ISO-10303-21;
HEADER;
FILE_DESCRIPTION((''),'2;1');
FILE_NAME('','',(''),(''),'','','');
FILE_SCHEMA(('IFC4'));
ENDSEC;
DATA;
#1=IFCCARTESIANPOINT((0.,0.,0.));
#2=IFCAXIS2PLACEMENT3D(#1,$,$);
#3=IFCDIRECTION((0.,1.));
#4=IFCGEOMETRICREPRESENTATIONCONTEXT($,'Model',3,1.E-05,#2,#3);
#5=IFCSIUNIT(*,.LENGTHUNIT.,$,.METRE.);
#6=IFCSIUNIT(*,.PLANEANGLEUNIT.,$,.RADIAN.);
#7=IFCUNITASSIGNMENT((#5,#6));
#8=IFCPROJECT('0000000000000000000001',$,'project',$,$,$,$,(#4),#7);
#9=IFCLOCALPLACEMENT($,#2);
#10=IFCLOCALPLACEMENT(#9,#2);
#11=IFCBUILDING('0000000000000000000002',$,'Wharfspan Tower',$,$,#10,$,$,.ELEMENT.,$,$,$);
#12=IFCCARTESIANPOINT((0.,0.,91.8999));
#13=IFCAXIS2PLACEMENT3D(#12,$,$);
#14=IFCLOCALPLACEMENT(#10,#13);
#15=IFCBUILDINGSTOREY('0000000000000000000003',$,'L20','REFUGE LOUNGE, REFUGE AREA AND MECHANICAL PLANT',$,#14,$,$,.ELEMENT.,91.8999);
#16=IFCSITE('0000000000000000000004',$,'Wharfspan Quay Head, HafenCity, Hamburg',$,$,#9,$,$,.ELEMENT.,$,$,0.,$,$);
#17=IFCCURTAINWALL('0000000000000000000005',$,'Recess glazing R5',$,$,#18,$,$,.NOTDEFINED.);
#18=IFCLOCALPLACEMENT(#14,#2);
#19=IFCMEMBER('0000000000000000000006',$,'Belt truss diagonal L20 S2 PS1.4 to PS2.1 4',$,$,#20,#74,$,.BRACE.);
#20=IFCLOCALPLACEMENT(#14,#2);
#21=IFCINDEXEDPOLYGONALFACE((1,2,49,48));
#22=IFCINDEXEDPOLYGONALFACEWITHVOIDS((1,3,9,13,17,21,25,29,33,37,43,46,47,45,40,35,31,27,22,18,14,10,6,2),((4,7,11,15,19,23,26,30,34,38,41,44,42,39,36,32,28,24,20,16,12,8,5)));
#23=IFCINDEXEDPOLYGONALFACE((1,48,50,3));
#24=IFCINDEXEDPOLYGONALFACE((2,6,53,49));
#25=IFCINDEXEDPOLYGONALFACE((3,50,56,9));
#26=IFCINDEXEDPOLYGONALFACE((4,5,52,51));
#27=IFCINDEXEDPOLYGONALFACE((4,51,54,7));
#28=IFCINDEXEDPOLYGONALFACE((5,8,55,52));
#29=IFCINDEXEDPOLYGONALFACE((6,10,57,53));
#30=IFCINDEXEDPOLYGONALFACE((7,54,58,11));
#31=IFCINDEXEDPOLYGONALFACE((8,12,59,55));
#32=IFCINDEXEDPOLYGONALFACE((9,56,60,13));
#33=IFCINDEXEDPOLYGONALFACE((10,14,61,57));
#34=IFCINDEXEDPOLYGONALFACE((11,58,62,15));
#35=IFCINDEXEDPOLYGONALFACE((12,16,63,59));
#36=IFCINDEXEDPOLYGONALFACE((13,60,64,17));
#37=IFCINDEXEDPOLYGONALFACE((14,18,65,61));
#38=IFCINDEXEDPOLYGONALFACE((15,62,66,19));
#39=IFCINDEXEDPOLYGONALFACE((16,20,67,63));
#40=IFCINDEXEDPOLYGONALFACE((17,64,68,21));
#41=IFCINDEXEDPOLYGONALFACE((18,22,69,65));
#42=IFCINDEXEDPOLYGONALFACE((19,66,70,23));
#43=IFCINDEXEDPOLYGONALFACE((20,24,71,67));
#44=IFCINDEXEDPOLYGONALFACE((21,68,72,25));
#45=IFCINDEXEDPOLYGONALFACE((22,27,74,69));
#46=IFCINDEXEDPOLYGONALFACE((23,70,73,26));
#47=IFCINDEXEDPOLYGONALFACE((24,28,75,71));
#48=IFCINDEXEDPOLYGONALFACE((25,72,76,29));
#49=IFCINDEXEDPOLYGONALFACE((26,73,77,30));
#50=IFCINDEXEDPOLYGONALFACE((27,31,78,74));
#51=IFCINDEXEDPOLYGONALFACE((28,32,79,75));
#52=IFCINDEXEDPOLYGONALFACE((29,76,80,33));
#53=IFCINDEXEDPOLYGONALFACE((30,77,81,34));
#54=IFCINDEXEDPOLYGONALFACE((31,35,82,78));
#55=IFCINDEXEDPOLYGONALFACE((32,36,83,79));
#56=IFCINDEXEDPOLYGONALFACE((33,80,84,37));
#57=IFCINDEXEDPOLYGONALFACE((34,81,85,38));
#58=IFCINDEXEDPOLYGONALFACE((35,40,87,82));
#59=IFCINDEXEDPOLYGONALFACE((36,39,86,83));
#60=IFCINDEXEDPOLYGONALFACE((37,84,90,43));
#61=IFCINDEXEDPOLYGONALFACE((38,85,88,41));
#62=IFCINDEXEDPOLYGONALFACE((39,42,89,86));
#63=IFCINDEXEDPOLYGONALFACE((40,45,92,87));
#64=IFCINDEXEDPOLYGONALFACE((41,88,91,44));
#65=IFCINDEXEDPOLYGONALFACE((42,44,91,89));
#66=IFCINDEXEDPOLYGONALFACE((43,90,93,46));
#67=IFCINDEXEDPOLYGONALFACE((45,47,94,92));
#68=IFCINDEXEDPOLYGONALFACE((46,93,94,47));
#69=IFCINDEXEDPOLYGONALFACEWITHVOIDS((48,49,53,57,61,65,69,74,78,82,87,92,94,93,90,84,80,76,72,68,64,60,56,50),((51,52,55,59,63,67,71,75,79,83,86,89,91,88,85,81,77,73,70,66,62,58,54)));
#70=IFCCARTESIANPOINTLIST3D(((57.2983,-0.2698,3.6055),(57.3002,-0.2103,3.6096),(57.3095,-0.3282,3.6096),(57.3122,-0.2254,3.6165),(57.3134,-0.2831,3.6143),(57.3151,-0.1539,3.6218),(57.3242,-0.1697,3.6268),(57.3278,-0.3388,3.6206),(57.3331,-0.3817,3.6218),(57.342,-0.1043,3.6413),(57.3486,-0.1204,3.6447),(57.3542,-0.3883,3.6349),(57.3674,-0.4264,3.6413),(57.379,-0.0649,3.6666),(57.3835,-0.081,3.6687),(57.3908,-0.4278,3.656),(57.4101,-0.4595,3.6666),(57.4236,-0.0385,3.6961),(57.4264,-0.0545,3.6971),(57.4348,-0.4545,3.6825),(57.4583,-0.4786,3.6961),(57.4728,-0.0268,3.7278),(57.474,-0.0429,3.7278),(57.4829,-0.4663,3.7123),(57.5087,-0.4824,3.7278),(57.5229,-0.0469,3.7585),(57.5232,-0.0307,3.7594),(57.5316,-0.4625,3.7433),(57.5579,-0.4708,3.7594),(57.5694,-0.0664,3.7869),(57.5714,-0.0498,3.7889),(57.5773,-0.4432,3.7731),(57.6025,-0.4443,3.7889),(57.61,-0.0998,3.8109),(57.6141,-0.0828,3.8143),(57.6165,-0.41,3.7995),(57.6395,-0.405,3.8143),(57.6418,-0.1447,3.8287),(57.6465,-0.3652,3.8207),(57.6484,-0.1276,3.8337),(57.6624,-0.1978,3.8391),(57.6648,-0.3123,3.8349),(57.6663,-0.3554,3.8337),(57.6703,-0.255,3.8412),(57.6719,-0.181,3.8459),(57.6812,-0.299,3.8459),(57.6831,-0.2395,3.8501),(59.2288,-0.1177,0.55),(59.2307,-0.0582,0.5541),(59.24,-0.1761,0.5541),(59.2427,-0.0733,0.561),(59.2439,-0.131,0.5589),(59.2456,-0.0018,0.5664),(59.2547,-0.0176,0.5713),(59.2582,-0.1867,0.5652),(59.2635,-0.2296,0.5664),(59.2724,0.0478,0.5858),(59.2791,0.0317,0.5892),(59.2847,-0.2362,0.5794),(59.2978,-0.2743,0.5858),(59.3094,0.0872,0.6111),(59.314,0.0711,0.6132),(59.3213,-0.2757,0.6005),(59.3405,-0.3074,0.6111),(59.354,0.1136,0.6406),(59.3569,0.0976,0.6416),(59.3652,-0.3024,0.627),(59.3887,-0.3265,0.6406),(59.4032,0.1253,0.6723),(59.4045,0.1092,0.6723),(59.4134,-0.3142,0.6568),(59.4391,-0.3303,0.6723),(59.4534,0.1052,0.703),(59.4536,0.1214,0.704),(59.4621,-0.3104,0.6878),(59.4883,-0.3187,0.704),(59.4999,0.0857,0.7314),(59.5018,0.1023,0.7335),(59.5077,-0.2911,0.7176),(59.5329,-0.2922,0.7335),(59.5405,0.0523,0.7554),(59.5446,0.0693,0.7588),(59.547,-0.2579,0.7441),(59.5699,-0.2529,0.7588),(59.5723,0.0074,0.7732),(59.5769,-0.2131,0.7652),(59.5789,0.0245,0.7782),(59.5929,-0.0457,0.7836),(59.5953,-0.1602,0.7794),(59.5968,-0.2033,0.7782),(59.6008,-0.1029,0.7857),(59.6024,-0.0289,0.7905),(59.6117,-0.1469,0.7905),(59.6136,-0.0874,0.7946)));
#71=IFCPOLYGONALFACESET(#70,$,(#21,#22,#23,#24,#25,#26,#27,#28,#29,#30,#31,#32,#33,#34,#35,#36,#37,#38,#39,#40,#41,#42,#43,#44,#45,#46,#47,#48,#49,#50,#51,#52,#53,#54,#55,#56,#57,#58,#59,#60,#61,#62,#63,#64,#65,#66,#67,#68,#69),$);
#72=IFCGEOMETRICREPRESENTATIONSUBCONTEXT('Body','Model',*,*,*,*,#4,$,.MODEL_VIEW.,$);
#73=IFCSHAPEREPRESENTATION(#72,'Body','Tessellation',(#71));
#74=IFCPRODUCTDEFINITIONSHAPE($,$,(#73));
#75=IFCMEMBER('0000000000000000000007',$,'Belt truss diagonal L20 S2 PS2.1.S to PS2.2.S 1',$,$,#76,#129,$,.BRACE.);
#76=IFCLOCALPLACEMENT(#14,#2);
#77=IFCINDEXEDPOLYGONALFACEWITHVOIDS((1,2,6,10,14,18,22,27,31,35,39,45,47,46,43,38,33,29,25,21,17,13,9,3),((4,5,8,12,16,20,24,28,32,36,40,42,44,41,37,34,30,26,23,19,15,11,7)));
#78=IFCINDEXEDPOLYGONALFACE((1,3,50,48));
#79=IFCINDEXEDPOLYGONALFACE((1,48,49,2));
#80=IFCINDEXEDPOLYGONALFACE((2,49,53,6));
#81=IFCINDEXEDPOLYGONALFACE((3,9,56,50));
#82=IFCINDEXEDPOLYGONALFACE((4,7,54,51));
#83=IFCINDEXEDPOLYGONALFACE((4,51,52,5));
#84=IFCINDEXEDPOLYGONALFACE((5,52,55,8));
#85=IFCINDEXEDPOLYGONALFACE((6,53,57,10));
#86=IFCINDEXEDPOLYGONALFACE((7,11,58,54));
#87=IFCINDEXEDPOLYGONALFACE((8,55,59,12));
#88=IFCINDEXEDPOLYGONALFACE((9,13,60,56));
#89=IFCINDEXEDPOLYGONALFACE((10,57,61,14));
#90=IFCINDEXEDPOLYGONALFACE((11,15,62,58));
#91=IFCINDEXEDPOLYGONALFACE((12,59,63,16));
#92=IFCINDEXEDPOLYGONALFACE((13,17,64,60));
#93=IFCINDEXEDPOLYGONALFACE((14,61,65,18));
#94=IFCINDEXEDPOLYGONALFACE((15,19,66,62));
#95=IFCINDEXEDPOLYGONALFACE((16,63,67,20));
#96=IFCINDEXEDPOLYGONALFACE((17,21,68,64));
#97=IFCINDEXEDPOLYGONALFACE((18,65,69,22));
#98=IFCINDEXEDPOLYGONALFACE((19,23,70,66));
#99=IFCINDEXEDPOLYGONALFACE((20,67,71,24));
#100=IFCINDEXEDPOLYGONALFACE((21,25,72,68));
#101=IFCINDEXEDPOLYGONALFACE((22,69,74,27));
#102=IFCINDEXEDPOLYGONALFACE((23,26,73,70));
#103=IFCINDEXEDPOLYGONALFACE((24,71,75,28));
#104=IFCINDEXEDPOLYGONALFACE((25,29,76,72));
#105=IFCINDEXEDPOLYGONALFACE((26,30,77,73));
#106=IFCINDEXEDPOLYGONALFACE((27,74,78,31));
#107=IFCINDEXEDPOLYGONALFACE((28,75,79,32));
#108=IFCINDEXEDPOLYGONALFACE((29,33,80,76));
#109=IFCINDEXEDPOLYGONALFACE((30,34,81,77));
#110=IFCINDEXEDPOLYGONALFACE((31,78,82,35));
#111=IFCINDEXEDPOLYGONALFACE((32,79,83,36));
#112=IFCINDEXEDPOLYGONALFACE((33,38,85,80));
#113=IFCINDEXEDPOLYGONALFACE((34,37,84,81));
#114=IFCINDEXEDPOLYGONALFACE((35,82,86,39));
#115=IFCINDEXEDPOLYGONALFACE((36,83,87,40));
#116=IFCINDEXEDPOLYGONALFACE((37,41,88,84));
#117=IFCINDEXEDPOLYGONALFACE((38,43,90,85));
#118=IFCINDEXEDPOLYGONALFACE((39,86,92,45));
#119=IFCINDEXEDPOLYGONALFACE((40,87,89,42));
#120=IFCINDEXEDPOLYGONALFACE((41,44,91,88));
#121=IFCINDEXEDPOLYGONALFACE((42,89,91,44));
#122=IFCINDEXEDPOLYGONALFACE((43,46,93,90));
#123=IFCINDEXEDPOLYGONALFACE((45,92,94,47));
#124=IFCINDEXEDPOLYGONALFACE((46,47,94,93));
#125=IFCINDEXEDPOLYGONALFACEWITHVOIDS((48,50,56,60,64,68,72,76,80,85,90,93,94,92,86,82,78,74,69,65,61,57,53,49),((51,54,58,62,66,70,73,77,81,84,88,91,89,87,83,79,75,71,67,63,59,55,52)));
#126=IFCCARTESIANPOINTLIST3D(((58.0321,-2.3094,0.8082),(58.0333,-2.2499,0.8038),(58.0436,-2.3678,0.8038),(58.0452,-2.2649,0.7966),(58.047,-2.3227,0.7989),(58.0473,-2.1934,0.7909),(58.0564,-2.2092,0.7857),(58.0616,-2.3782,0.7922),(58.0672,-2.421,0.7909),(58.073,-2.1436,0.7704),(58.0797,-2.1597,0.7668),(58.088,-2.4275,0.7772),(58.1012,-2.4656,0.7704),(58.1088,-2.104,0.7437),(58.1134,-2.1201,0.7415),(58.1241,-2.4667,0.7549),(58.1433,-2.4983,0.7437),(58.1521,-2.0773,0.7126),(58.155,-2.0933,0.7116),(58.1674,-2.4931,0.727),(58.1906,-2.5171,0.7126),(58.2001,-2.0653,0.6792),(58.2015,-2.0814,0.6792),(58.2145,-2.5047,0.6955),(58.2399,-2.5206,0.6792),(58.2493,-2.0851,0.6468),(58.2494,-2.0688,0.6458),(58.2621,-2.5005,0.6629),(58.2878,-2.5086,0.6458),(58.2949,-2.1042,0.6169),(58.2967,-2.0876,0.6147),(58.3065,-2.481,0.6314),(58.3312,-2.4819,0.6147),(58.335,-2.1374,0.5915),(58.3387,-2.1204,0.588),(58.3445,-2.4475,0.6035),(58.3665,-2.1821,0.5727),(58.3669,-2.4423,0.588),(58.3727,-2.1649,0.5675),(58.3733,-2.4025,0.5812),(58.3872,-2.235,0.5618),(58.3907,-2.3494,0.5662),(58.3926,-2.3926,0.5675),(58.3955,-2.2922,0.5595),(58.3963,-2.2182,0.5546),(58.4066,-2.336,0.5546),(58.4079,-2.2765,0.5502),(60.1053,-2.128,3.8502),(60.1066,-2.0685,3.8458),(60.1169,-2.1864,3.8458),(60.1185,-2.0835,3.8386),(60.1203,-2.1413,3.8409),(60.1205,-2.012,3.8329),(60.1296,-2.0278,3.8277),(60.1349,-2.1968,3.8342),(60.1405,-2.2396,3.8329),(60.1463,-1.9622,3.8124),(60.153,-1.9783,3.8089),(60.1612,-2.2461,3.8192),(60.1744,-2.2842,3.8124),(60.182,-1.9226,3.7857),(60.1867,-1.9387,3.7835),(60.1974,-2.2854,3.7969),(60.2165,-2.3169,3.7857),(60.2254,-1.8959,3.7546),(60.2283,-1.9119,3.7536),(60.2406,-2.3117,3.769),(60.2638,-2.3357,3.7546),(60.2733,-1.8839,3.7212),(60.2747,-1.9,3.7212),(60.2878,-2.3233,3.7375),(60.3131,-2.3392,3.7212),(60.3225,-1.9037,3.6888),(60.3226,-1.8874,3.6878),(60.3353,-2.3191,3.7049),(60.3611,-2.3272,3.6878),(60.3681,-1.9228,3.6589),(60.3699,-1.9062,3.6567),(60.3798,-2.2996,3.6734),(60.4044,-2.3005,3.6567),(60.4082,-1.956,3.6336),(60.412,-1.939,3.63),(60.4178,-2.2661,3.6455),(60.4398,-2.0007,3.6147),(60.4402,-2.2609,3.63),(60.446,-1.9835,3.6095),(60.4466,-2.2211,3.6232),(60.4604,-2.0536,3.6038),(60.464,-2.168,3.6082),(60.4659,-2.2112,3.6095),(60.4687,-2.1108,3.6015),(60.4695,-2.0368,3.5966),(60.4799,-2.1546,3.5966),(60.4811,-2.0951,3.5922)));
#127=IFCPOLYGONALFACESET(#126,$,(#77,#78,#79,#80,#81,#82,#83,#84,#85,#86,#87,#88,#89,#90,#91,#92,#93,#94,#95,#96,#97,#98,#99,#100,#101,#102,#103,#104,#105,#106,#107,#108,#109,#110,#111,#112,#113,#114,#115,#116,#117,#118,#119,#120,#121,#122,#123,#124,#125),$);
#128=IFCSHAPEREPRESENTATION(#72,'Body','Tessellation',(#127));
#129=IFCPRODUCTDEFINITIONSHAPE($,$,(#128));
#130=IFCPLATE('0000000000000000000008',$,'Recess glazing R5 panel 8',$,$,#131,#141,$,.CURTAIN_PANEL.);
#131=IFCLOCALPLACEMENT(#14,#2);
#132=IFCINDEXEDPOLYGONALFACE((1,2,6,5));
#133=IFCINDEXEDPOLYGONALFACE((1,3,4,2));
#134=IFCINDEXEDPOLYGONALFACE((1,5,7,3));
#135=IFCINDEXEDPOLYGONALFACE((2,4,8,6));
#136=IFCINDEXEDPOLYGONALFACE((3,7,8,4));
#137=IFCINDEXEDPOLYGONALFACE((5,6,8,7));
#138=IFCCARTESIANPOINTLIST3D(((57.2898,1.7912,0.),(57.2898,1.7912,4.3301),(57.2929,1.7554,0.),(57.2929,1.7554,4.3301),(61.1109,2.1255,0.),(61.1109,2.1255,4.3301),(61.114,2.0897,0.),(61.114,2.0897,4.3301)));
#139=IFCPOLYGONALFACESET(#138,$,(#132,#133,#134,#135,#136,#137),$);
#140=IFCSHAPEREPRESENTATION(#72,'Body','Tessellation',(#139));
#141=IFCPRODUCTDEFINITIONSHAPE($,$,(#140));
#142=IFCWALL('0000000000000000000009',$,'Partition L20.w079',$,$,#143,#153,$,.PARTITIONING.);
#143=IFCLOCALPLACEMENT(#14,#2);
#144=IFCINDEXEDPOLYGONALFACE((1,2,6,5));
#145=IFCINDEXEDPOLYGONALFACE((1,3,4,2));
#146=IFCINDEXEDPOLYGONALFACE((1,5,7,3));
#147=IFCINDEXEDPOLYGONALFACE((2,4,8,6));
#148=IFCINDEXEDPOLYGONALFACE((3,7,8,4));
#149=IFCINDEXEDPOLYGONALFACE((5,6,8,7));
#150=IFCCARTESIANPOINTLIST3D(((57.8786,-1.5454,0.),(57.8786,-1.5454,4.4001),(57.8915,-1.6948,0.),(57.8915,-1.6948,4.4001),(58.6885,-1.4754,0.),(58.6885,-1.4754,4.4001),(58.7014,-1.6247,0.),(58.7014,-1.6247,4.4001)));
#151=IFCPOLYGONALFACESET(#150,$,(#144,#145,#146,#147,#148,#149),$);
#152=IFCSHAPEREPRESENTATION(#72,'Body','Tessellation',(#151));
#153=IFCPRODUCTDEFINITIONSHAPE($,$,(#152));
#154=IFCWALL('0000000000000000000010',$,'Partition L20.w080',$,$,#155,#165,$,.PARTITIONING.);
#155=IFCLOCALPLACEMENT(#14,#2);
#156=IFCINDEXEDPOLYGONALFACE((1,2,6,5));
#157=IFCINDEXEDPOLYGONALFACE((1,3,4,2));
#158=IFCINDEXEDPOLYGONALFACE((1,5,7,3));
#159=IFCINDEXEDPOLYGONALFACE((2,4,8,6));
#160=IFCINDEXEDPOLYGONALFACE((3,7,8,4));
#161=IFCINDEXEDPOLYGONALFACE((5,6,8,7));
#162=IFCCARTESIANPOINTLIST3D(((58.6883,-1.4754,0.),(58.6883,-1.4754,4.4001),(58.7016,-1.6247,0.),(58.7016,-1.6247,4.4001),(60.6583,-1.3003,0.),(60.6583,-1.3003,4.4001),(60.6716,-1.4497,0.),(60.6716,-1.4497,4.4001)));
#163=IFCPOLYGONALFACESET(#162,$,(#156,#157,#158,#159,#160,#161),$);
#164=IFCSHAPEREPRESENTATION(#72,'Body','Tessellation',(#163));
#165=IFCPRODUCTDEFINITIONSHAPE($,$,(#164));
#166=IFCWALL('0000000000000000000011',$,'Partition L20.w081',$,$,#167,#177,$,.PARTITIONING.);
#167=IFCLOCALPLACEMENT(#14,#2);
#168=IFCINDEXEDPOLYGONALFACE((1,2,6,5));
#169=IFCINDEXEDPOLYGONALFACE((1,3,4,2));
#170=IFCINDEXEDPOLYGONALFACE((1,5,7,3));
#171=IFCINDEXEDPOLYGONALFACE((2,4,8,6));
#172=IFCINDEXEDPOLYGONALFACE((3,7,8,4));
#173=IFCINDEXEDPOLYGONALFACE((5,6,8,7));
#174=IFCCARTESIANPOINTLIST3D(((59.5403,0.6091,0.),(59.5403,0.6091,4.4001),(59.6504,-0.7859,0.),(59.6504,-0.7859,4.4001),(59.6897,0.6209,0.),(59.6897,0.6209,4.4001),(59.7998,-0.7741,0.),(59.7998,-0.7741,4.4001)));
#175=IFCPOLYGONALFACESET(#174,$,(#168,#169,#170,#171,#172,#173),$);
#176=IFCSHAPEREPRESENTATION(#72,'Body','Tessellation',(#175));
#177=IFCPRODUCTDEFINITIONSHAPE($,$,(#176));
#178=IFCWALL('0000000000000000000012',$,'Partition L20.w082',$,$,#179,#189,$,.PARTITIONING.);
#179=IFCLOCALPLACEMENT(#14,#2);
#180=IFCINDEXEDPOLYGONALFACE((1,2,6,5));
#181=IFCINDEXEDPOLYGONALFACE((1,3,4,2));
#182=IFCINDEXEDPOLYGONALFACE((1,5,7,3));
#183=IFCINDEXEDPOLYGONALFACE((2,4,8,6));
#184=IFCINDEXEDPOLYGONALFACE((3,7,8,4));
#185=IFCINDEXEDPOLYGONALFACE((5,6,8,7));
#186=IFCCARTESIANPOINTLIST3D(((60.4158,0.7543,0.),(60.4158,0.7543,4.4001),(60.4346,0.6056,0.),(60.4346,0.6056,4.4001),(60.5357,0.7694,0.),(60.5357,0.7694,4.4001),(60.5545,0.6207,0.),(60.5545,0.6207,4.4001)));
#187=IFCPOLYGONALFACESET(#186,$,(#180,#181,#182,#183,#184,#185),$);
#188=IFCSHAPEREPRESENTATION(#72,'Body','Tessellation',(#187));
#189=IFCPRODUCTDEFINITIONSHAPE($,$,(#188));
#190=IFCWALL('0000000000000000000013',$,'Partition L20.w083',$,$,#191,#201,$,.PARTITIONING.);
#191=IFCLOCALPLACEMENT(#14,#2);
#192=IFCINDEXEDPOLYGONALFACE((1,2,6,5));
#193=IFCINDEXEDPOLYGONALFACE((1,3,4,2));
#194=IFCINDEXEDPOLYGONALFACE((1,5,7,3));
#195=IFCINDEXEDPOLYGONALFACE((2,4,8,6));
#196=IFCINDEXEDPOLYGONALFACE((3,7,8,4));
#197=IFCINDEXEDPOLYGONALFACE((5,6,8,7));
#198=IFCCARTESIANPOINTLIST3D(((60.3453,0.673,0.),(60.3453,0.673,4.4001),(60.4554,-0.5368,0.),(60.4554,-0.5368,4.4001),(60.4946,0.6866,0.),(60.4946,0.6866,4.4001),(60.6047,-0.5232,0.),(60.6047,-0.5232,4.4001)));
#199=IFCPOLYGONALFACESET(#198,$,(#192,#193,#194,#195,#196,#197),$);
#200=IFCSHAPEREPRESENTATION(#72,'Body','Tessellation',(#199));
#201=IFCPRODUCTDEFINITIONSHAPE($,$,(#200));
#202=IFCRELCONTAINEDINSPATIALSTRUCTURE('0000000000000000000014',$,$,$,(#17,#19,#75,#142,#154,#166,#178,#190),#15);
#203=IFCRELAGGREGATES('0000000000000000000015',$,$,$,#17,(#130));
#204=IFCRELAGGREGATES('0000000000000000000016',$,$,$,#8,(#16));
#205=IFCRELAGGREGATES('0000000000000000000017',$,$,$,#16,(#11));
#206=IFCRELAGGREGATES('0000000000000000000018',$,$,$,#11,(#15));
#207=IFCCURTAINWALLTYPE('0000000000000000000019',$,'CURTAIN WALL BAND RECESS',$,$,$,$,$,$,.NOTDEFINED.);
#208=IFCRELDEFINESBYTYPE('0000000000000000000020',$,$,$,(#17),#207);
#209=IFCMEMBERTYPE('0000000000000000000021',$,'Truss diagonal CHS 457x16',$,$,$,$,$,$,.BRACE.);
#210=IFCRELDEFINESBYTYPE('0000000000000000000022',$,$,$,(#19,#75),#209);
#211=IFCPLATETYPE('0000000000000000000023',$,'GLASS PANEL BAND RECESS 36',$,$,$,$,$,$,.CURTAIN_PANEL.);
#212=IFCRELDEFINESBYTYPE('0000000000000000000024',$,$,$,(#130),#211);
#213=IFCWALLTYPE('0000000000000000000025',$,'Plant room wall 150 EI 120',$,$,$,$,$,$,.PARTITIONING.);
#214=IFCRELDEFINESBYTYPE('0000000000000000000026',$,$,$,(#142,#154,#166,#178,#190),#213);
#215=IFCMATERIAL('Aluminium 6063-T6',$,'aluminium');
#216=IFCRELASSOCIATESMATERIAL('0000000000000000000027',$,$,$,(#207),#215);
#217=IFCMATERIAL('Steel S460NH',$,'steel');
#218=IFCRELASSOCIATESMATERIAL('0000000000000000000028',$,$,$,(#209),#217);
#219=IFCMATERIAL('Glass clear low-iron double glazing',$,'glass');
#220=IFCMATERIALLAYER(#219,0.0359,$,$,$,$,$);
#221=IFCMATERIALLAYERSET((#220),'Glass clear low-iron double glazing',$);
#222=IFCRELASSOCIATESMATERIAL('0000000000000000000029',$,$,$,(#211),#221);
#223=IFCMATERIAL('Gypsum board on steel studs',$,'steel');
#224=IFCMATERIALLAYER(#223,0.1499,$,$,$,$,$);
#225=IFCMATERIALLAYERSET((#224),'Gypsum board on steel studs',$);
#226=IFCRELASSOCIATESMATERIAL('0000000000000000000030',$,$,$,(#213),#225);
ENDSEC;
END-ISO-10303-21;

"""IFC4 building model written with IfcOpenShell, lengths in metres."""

from ifc_helpers import new_model, si_unit, direction, frame, frame_2d, origin, origin_2d, place, context, subcontext, project, spatial, rectangle, hollow_circle, extrude, material, layer, layer_set, material_profile, profile_set, type_object, element, aggregate, save


model = new_model("IFC4")

# Units and contexts
model_context = context("Model", 3, precision=1e-05, world=origin(), true_north=direction((0.0, 1.0)))
body_context = subcontext(model_context, "Body", "Model", "MODEL_VIEW")
ifc_project = project(units=[si_unit("LENGTHUNIT", "METRE"), si_unit("PLANEANGLEUNIT", "RADIAN")], contexts=[model_context])

# Site, building, storey
site_placement = place(None, origin())
site = spatial("IfcSite", under=ifc_project, at=site_placement, Name="Wharfspan Quay Head, HafenCity, Hamburg", CompositionType="ELEMENT", RefElevation=0.0)
building_placement = place(site_placement, origin())
building = spatial("IfcBuilding", under=site, at=building_placement, Name="Wharfspan Tower", CompositionType="ELEMENT")
storey_placement = place(building_placement, frame((0.0, 0.0, 91.8999)))
storey = spatial("IfcBuildingStorey", under=building, at=storey_placement, Name="L20", Description="REFUGE LOUNGE, REFUGE AREA AND MECHANICAL PLANT", CompositionType="ELEMENT", Elevation=91.8999)

# Curtain wall
ifc_material_1 = material(Name="Aluminium 6063-T6", Category="aluminium")
curtain_wall_type = type_object("IfcCurtainWallType", Name="CURTAIN WALL BAND RECESS", PredefinedType="NOTDEFINED", material=ifc_material_1)
curtain_wall_placement = place(storey_placement, origin())
curtain_wall = element("IfcCurtainWall", 1, at=curtain_wall_placement, inside=storey, type_object=curtain_wall_type, Name="Recess glazing R5", PredefinedType="NOTDEFINED")

# Members
ifc_material_2 = material(Name="Steel S460NH", Category="steel")
ifc_material_profile_1 = material_profile(ifc_material_2, hollow_circle(Radius=0.2285, WallThickness=0.0161, at=origin_2d()))
ifc_profile_set_1 = profile_set([ifc_material_profile_1], Name="Steel S460NH")
member_type_1 = type_object("IfcMemberType", Name="Truss diagonal CHS 457x16", PredefinedType="BRACE", material=ifc_profile_set_1)
member_1_placement = place(storey_placement, frame((57.4907, -0.2546, 3.7278), z_axis=(0.533655, 0.042047, -0.844656), x_axis=(-0.07855, 0.996906, -0.000002)))
element("IfcMember", 2, at=member_1_placement, inside=storey, type_object=member_type_1, Name="Belt truss diagonal L20 S2 PS1.4 to PS2.1 4", PredefinedType="BRACE", context=body_context, shape_type="SweptSolid", body=[
    extrude(hollow_circle(Radius=0.2285, WallThickness=0.0161, at=origin_2d()), origin(), (0.0, 0.0, 1.0), 3.6174),
])
member_2_placement = place(storey_placement, frame((58.22, -2.293, 0.6792), z_axis=(0.562498, 0.049215, 0.825333), x_axis=(-0.087159, 0.996192, -0.000001)))
element("IfcMember", 3, at=member_2_placement, inside=storey, type_object=member_type_1, Name="Belt truss diagonal L20 S2 PS2.1.S to PS2.2.S 1", PredefinedType="BRACE", context=body_context, shape_type="SweptSolid", body=[
    extrude(hollow_circle(Radius=0.2285, WallThickness=0.0161, at=origin_2d()), origin(), (0.0, 0.0, 1.0), 3.6858),
])

# Plate
ifc_material_3 = material(Name="Glass clear low-iron double glazing", Category="glass")
ifc_layer_1 = layer(ifc_material_3, 0.0359)
ifc_layer_set_1 = layer_set([ifc_layer_1], Name="Glass clear low-iron double glazing")
plate_type = type_object("IfcPlateType", Name="GLASS PANEL BAND RECESS 36", PredefinedType="CURTAIN_PANEL", material=ifc_layer_set_1)
plate_placement = place(storey_placement, frame((59.2019, 1.9404, 0.0), z_axis=(0.0, 0.0, 1.0), x_axis=(-0.996198, -0.087156, 0.0)))
plate = element("IfcPlate", 4, at=plate_placement, type_object=plate_type, Name="Recess glazing R5 panel 8", PredefinedType="CURTAIN_PANEL", context=body_context, shape_type="SweptSolid", body=[
    extrude(rectangle(XDim=3.8357, YDim=0.0359, at=origin_2d()), origin(), (0.0, 0.0, 1.0), 4.3301),
])
aggregate(curtain_wall, [plate])

# Walls
ifc_material_4 = material(Name="Gypsum board on steel studs", Category="steel")
ifc_layer_2 = layer(ifc_material_4, 0.1499)
ifc_layer_set_2 = layer_set([ifc_layer_2], Name="Gypsum board on steel studs")
wall_type = type_object("IfcWallType", Name="Plant room wall 150 EI 120", PredefinedType="PARTITIONING", material=ifc_layer_set_2)
wall_1_placement = place(storey_placement, frame((57.885, -1.6201, 0.0), z_axis=(0.0, 0.0, 1.0), x_axis=(0.996279, 0.086176, 0.0)))
element("IfcWall", 5, at=wall_1_placement, inside=storey, type_object=wall_type, Name="Partition L20.w079", PredefinedType="PARTITIONING", context=body_context, shape_type="SweptSolid", body=[
    extrude(rectangle(XDim=0.813, YDim=0.1499, at=frame_2d((0.4065, 0.0))), origin(), (0.0, 0.0, 1.0), 4.4001),
])
wall_2_placement = place(storey_placement, frame((58.6951, -1.55, 0.0), z_axis=(0.0, 0.0, 1.0), x_axis=(0.996077, 0.08851, 0.0)))
element("IfcWall", 6, at=wall_2_placement, inside=storey, type_object=wall_type, Name="Partition L20.w080", PredefinedType="PARTITIONING", context=body_context, shape_type="SweptSolid", body=[
    extrude(rectangle(XDim=1.9778, YDim=0.1499, at=frame_2d((0.9888, 0.0))), origin(), (0.0, 0.0, 1.0), 4.4001),
])
wall_3_placement = place(storey_placement, frame((59.7251, -0.78, 0.0), z_axis=(0.0, 0.0, 1.0), x_axis=(-0.078684, 0.996897, 0.0)))
element("IfcWall", 7, at=wall_3_placement, inside=storey, type_object=wall_type, Name="Partition L20.w081", PredefinedType="PARTITIONING", context=body_context, shape_type="SweptSolid", body=[
    extrude(rectangle(XDim=1.3994, YDim=0.1499, at=frame_2d((0.6997, 0.0))), origin(), (0.0, 0.0, 1.0), 4.4001),
])
wall_4_placement = place(storey_placement, frame((60.425, 0.6799, 0.0), z_axis=(0.0, 0.0, 1.0), x_axis=(0.992121, 0.125278, 0.0)))
element("IfcWall", 8, at=wall_4_placement, inside=storey, type_object=wall_type, Name="Partition L20.w082", PredefinedType="PARTITIONING", context=body_context, shape_type="SweptSolid", body=[
    extrude(rectangle(XDim=0.1208, YDim=0.1499, at=frame_2d((0.0605, 0.0))), origin(), (0.0, 0.0, 1.0), 4.4001),
])
wall_5_placement = place(storey_placement, frame((60.53, -0.53, 0.0), z_axis=(0.0, 0.0, 1.0), x_axis=(-0.090626, 0.995881, 0.0)))
element("IfcWall", 9, at=wall_5_placement, inside=storey, type_object=wall_type, Name="Partition L20.w083", PredefinedType="PARTITIONING", context=body_context, shape_type="SweptSolid", body=[
    extrude(rectangle(XDim=1.2148, YDim=0.1499, at=frame_2d((0.6074, 0.0))), origin(), (0.0, 0.0, 1.0), 4.4001),
])

save(model, "model.ifc")
